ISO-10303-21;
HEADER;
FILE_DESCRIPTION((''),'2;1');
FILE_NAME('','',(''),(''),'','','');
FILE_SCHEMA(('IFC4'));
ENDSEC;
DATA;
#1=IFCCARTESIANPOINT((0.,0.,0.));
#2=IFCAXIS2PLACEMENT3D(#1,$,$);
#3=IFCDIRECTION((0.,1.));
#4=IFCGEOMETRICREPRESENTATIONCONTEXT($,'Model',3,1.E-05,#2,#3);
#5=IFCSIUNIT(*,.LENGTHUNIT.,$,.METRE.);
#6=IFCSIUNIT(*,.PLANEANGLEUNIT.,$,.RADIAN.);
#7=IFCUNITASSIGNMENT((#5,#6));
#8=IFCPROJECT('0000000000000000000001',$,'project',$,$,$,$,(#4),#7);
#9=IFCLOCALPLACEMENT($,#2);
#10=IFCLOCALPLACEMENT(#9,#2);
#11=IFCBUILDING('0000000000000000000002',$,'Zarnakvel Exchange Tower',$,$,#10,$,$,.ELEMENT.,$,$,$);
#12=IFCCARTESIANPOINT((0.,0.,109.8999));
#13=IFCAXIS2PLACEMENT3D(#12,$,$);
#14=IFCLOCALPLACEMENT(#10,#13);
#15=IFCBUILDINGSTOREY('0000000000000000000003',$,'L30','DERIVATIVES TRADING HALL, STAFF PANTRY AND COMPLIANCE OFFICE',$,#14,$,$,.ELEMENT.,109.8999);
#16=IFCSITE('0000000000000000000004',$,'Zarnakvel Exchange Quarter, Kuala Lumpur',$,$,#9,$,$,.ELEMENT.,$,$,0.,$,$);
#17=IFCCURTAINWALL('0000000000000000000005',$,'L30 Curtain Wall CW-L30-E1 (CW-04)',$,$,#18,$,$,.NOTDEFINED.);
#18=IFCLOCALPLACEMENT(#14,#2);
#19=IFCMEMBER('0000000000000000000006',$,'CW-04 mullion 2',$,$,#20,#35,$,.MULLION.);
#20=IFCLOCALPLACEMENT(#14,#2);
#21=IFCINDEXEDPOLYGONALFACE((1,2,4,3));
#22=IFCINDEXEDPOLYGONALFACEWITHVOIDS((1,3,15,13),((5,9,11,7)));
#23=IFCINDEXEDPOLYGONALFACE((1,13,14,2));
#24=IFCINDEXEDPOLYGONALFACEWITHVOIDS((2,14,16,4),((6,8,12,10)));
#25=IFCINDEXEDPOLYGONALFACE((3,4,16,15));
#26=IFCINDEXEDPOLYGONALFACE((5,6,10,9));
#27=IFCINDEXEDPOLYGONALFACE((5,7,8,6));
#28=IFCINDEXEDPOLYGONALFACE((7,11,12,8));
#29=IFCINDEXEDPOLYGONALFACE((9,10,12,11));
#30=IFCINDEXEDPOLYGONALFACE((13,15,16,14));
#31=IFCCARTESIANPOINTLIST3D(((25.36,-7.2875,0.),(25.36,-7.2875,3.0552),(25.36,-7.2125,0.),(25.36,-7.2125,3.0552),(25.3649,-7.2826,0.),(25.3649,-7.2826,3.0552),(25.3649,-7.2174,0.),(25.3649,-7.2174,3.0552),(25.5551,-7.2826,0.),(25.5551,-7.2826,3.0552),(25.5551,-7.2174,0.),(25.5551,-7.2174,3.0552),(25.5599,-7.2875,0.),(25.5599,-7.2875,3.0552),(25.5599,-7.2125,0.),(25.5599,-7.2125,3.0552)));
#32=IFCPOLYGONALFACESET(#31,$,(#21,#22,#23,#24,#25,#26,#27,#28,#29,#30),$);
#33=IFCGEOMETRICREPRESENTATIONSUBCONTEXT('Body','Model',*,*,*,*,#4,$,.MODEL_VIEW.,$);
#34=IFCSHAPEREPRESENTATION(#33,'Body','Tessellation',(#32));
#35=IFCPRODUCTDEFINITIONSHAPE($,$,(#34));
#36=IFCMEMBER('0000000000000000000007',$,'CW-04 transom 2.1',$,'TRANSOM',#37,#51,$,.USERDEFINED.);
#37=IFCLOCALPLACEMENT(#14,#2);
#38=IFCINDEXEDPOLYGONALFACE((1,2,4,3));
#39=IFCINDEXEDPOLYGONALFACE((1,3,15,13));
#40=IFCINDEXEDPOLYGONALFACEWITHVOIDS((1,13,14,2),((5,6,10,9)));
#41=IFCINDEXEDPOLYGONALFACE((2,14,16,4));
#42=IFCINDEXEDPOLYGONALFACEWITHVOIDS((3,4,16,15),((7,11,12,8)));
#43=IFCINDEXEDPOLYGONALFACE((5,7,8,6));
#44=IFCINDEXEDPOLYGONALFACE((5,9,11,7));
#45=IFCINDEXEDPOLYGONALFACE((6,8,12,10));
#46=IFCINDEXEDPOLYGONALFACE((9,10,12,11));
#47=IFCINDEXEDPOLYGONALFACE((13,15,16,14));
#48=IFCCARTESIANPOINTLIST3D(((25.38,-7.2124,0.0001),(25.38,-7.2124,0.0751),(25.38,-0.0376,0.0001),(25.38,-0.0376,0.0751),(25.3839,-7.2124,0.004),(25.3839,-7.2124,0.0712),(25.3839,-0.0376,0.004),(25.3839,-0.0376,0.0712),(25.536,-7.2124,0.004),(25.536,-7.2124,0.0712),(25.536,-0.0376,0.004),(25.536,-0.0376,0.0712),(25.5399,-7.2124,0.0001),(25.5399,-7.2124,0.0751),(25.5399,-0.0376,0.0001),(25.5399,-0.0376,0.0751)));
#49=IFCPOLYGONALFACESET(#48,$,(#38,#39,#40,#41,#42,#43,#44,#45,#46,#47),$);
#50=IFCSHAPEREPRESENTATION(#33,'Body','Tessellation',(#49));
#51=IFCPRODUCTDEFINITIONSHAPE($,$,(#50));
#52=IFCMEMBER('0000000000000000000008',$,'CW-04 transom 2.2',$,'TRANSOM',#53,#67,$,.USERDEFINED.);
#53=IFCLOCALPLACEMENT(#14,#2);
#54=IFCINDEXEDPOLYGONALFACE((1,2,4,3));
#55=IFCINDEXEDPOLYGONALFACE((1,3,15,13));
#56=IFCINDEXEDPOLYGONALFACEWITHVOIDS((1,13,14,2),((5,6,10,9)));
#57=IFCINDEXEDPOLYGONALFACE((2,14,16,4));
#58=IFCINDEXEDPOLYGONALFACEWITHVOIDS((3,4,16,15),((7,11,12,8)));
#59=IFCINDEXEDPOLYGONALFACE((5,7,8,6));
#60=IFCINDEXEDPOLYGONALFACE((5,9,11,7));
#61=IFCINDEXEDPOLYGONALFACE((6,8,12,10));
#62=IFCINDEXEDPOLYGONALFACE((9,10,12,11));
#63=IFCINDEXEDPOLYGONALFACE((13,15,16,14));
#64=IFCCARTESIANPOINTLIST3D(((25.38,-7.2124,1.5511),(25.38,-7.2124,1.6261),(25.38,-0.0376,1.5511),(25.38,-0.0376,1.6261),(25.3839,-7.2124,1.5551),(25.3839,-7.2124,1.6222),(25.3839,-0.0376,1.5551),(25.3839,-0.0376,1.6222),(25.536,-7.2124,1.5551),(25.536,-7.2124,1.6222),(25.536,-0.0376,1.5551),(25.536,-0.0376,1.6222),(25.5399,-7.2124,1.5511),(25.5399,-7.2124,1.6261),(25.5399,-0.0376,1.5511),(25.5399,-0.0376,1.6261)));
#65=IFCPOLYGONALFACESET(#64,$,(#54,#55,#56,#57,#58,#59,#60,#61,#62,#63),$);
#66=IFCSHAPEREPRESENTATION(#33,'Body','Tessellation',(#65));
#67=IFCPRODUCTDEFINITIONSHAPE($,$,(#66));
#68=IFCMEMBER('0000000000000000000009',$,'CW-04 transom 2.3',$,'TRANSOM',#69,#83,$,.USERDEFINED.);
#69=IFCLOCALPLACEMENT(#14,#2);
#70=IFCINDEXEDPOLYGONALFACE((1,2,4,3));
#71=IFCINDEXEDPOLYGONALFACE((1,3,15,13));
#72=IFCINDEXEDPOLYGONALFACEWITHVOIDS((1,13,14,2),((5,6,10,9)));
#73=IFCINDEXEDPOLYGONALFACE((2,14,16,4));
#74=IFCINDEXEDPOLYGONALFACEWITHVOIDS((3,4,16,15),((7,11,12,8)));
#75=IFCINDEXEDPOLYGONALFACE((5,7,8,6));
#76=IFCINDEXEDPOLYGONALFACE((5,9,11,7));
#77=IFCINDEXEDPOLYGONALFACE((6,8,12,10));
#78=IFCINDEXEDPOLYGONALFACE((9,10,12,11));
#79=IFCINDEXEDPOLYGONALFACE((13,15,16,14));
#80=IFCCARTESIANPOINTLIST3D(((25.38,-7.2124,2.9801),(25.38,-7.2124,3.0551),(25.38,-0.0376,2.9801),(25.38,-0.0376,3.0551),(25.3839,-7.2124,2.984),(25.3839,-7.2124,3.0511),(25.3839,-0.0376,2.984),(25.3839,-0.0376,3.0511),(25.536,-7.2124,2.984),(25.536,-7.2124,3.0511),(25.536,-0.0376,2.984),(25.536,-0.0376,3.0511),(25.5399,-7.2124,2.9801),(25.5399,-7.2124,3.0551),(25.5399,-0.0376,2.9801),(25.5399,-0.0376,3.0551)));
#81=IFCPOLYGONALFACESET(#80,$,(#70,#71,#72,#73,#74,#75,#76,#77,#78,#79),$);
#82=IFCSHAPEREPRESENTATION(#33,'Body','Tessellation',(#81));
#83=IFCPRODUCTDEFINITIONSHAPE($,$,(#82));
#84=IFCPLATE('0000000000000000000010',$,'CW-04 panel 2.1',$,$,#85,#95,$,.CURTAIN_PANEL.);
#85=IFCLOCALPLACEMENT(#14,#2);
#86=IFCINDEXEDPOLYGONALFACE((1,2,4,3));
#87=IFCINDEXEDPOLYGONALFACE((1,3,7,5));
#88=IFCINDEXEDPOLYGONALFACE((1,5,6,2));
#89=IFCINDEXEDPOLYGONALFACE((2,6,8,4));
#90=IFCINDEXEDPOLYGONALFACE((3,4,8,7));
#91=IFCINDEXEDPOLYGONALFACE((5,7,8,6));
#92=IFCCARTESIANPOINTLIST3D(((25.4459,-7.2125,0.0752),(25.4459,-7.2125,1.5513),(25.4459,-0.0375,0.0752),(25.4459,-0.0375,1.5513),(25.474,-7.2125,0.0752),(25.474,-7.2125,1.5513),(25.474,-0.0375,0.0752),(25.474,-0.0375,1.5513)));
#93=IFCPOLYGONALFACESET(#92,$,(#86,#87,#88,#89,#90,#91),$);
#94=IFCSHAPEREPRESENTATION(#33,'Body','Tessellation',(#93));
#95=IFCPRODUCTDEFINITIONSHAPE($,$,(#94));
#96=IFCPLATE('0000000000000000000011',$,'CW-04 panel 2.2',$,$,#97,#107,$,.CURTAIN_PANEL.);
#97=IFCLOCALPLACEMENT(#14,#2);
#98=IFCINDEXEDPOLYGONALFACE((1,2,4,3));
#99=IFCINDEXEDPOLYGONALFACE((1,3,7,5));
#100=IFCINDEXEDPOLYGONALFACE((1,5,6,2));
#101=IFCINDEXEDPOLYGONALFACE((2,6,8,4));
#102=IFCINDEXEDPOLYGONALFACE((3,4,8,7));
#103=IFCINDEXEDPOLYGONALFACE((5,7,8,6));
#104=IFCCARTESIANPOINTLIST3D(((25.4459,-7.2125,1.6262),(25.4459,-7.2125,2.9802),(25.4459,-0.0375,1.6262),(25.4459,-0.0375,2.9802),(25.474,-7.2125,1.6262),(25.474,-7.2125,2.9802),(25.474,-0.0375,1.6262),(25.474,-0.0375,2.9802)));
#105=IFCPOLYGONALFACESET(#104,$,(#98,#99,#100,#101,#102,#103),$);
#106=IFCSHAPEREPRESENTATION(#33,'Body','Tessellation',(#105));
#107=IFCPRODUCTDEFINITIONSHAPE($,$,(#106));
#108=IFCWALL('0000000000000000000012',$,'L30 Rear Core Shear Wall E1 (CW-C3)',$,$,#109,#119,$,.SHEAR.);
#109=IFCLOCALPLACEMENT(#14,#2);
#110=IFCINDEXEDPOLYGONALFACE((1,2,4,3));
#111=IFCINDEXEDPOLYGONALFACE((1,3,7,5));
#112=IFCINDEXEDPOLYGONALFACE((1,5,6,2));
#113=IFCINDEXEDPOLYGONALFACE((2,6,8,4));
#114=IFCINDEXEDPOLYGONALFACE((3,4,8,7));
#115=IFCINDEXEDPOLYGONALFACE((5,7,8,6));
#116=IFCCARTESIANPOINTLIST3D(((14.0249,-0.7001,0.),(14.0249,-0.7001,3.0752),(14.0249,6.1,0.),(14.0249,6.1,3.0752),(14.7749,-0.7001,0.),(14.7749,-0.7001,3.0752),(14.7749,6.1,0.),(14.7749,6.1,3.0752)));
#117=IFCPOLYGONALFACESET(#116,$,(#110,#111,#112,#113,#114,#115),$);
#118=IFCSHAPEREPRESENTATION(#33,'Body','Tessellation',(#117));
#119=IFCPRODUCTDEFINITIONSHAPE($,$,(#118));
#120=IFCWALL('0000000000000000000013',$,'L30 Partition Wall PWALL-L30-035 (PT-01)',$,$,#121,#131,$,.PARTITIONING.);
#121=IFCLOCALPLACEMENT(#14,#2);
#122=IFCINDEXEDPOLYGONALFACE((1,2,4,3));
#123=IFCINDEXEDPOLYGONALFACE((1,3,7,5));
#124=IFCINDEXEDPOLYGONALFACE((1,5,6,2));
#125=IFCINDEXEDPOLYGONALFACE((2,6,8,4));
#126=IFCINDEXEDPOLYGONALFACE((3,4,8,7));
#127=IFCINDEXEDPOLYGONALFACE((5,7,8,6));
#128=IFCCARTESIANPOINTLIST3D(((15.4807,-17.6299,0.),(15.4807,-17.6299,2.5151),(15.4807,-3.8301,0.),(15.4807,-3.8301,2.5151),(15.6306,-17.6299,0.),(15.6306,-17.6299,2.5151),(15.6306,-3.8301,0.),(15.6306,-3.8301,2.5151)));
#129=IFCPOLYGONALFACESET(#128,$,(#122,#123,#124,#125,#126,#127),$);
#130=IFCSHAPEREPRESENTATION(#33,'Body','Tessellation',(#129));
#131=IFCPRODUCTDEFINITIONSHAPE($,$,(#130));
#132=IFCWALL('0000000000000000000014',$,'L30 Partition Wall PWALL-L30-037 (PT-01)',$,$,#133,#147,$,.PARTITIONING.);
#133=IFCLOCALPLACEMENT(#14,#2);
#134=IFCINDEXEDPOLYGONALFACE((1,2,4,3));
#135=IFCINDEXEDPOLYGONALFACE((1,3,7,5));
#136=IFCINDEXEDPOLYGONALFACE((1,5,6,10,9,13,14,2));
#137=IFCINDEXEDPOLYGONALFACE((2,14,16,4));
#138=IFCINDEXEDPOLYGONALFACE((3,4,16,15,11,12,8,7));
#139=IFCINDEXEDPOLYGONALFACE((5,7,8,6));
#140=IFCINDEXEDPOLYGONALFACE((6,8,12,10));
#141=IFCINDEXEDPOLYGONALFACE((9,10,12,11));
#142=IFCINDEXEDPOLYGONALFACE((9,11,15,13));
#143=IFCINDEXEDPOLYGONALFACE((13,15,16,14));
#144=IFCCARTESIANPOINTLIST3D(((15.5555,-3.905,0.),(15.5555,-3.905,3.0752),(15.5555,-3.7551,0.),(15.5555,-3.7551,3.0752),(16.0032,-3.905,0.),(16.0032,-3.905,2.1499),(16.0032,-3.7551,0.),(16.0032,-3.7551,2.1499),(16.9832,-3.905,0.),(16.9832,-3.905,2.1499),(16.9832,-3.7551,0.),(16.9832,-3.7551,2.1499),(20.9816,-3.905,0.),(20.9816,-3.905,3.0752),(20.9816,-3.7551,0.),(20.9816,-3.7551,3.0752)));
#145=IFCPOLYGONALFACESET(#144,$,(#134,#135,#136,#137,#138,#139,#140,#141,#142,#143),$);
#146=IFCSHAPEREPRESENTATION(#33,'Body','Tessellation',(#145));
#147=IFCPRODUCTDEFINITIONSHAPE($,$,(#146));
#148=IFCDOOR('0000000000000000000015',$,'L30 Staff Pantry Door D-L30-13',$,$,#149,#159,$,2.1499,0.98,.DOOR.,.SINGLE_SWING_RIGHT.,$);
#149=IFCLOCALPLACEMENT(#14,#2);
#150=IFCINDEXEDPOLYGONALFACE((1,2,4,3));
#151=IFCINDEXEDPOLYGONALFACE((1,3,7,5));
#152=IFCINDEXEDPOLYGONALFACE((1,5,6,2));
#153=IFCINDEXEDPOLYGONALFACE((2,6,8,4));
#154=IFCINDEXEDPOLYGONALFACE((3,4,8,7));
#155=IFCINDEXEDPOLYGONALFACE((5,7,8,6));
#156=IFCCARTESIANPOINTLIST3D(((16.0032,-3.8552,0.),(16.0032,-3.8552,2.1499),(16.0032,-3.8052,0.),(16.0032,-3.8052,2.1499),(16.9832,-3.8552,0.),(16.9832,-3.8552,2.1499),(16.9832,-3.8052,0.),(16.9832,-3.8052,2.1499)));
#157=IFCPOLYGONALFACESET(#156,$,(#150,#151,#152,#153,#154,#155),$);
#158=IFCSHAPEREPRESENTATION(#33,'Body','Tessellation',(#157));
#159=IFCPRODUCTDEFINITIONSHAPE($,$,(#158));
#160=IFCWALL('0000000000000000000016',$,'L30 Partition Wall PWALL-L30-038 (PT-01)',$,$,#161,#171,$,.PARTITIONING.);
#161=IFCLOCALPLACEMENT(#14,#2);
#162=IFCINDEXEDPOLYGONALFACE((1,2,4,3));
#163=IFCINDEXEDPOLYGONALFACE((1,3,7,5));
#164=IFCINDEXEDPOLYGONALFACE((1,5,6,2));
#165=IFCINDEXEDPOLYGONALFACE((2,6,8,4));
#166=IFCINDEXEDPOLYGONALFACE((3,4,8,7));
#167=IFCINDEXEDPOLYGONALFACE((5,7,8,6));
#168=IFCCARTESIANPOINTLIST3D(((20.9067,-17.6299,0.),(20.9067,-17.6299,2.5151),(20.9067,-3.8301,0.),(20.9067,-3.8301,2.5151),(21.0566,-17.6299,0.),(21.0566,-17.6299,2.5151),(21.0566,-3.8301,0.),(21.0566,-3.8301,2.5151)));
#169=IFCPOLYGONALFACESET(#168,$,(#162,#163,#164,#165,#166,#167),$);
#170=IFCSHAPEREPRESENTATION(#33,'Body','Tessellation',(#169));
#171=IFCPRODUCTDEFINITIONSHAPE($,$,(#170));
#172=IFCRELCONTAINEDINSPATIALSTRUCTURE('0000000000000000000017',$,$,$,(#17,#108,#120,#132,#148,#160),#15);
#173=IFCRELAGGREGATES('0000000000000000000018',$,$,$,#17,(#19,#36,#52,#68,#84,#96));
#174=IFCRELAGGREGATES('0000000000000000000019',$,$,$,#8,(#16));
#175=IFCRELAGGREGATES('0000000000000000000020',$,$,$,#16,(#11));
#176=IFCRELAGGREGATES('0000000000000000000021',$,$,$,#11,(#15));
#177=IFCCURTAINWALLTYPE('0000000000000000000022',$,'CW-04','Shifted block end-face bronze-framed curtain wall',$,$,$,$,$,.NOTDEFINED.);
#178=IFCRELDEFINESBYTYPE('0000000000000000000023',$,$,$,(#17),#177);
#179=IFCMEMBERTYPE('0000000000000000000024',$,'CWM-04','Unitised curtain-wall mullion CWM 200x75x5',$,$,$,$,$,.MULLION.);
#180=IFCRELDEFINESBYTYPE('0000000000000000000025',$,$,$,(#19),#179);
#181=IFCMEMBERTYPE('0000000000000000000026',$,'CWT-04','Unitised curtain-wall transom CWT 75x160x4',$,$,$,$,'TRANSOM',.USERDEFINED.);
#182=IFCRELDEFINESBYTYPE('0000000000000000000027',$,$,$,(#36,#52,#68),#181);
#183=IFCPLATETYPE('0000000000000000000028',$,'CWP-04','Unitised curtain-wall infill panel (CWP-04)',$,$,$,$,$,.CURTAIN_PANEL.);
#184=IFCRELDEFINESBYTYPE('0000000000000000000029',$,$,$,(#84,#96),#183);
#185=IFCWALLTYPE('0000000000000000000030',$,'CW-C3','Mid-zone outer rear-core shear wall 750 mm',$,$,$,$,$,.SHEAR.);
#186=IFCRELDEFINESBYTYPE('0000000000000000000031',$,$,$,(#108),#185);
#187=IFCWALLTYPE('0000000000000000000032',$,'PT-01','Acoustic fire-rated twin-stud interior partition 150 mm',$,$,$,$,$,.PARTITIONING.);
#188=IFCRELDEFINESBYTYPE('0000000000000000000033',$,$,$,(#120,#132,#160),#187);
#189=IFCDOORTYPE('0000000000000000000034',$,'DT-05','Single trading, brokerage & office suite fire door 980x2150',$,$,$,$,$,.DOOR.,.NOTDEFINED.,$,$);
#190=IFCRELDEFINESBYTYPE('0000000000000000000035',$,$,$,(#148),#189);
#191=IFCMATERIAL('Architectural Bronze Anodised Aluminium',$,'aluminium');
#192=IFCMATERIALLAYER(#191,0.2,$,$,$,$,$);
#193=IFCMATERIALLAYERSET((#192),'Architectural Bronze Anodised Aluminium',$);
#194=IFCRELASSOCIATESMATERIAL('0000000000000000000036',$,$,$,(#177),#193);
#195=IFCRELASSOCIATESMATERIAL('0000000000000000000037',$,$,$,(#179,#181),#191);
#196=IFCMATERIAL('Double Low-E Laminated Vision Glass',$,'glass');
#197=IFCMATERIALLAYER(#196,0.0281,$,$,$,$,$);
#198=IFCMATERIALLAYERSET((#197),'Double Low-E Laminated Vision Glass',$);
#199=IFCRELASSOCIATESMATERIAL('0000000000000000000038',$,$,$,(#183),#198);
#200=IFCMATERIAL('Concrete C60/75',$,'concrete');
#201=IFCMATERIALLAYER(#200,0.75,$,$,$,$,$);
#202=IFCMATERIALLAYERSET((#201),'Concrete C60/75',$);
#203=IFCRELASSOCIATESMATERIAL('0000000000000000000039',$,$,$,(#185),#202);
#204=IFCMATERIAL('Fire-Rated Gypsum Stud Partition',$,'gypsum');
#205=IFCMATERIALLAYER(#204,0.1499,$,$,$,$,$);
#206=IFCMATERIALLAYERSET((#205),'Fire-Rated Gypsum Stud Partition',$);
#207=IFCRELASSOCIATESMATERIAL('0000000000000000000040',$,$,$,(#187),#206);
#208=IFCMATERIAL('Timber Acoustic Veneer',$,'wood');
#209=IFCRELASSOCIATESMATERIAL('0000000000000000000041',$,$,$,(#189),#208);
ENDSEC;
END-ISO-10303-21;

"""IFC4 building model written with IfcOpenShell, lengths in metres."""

from ifc_helpers import new_model, si_unit, direction, frame, frame_2d, origin, origin_2d, place, context, subcontext, project, spatial, rectangle, hollow_rectangle, extrude, source, transform, mapped, material, layer, layer_set, material_profile, profile_set, type_object, element, fill, aggregate, save


model = new_model("IFC4")

# Units and contexts
model_context = context("Model", 3, precision=1e-05, world=origin(), true_north=direction((0.0, 1.0)))
body_context = subcontext(model_context, "Body", "Model", "MODEL_VIEW")
ifc_project = project(units=[si_unit("LENGTHUNIT", "METRE"), si_unit("PLANEANGLEUNIT", "RADIAN")], contexts=[model_context])

# Site, building, storey
site_placement = place(None, origin())
site = spatial("IfcSite", under=ifc_project, at=site_placement, Name="Zarnakvel Exchange Quarter, Kuala Lumpur", CompositionType="ELEMENT", RefElevation=0.0)
building_placement = place(site_placement, origin())
building = spatial("IfcBuilding", under=site, at=building_placement, Name="Zarnakvel Exchange Tower", CompositionType="ELEMENT")
storey_placement = place(building_placement, frame((0.0, 0.0, 109.8999)))
storey = spatial("IfcBuildingStorey", under=building, at=storey_placement, Name="L30", Description="DERIVATIVES TRADING HALL, STAFF PANTRY AND COMPLIANCE OFFICE", CompositionType="ELEMENT", Elevation=109.8999)

# Shared definitions
ifc_material_1 = material(Name="Concrete C60/75", Category="concrete")

# Curtain wall, members, plates
ifc_material_2 = material(Name="Architectural Bronze Anodised Aluminium", Category="aluminium")
ifc_layer_1 = layer(ifc_material_2, 0.2)
ifc_layer_set_1 = layer_set([ifc_layer_1], Name="Architectural Bronze Anodised Aluminium")
curtain_wall_type = type_object("IfcCurtainWallType", Name="CW-04", Description="Shifted block end-face bronze-framed curtain wall", PredefinedType="NOTDEFINED", material=ifc_layer_set_1)
curtain_wall_placement = place(storey_placement, origin())
curtain_wall = element("IfcCurtainWall", 1, at=curtain_wall_placement, inside=storey, type_object=curtain_wall_type, Name="L30 Curtain Wall CW-L30-E1 (CW-04)", PredefinedType="NOTDEFINED")
ifc_material_profile_1 = material_profile(ifc_material_2, hollow_rectangle(XDim=0.2, YDim=0.075, WallThickness=0.0049, at=origin_2d()))
ifc_profile_set_1 = profile_set([ifc_material_profile_1], Name="Architectural Bronze Anodised Aluminium")
member_type_1 = type_object("IfcMemberType", Name="CWM-04", Description="Unitised curtain-wall mullion CWM 200x75x5", PredefinedType="MULLION", material=ifc_profile_set_1)
shared_shape_1 = source(origin(), body_context, "Body", "SweptSolid", [
    extrude(hollow_rectangle(XDim=0.2, YDim=0.075, WallThickness=0.0049, at=origin_2d()), origin(), (0.0, 0.0, 1.0), 3.0552),
])
member_1_placement = place(storey_placement, frame((25.46, -7.25, 0.0), z_axis=(0.0, 0.0, 1.0), x_axis=(-1.0, 0.0, 0.0)))
member_1 = element("IfcMember", 2, at=member_1_placement, type_object=member_type_1, Name="CW-04 mullion 2", PredefinedType="MULLION", context=body_context, shape_type="MappedRepresentation", body=[
    mapped(shared_shape_1, transform((0.0, 0.0, 0.0), x_axis=(1.0, 0.0, 0.0), y_axis=(0.0, 1.0, 0.0), z_axis=(0.0, 0.0, 1.0), scale=1.0)),
])
ifc_material_profile_2 = material_profile(ifc_material_2, hollow_rectangle(XDim=0.1599, YDim=0.075, WallThickness=0.0039, at=origin_2d()))
ifc_profile_set_2 = profile_set([ifc_material_profile_2], Name="Architectural Bronze Anodised Aluminium")
member_type_2 = type_object("IfcMemberType", Name="CWT-04", Description="Unitised curtain-wall transom CWT 75x160x4", ElementType="TRANSOM", PredefinedType="USERDEFINED", material=ifc_profile_set_2)
shared_shape_2 = source(origin(), body_context, "Body", "SweptSolid", [
    extrude(hollow_rectangle(XDim=0.1599, YDim=0.075, WallThickness=0.0039, at=origin_2d()), origin(), (0.0, 0.0, 1.0), 7.1748),
])
member_2_placement = place(storey_placement, frame((25.46, -7.2124, 0.0376), z_axis=(0.0, 1.0, 0.0), x_axis=(-1.0, 0.0, 0.0)))
member_2 = element("IfcMember", 3, at=member_2_placement, type_object=member_type_2, Name="CW-04 transom 2.1", ObjectType="TRANSOM", PredefinedType="USERDEFINED", context=body_context, shape_type="MappedRepresentation", body=[
    mapped(shared_shape_2, transform((0.0, 0.0, 0.0), x_axis=(1.0, 0.0, 0.0), y_axis=(0.0, 1.0, 0.0), z_axis=(0.0, 0.0, 1.0), scale=1.0)),
])
member_3_placement = place(storey_placement, frame((25.46, -7.2124, 1.5886), z_axis=(0.0, 1.0, 0.0), x_axis=(-1.0, 0.0, 0.0)))
member_3 = element("IfcMember", 4, at=member_3_placement, type_object=member_type_2, Name="CW-04 transom 2.2", ObjectType="TRANSOM", PredefinedType="USERDEFINED", context=body_context, shape_type="MappedRepresentation", body=[
    mapped(shared_shape_2, transform((0.0, 0.0, 0.0), x_axis=(1.0, 0.0, 0.0), y_axis=(0.0, 1.0, 0.0), z_axis=(0.0, 0.0, 1.0), scale=1.0)),
])
member_4_placement = place(storey_placement, frame((25.46, -7.2124, 3.0176), z_axis=(0.0, 1.0, 0.0), x_axis=(-1.0, 0.0, 0.0)))
member_4 = element("IfcMember", 5, at=member_4_placement, type_object=member_type_2, Name="CW-04 transom 2.3", ObjectType="TRANSOM", PredefinedType="USERDEFINED", context=body_context, shape_type="MappedRepresentation", body=[
    mapped(shared_shape_2, transform((0.0, 0.0, 0.0), x_axis=(1.0, 0.0, 0.0), y_axis=(0.0, 1.0, 0.0), z_axis=(0.0, 0.0, 1.0), scale=1.0)),
])
ifc_material_3 = material(Name="Double Low-E Laminated Vision Glass", Category="glass")
ifc_layer_2 = layer(ifc_material_3, 0.0281)
ifc_layer_set_2 = layer_set([ifc_layer_2], Name="Double Low-E Laminated Vision Glass")
plate_type = type_object("IfcPlateType", Name="CWP-04", Description="Unitised curtain-wall infill panel (CWP-04)", PredefinedType="CURTAIN_PANEL", material=ifc_layer_set_2)
shared_shape_3 = source(origin(), body_context, "Body", "SweptSolid", [
    extrude(rectangle(XDim=7.175, YDim=0.0281, at=origin_2d()), origin(), (0.0, 0.0, 1.0), 1.4761),
])
plate_1_placement = place(storey_placement, frame((25.46, -3.625, 0.0752), z_axis=(0.0, 0.0, 1.0), x_axis=(0.0, 1.0, 0.0)))
plate_1 = element("IfcPlate", 6, at=plate_1_placement, type_object=plate_type, Name="CW-04 panel 2.1", PredefinedType="CURTAIN_PANEL", context=body_context, shape_type="MappedRepresentation", body=[
    mapped(shared_shape_3, transform((0.0, 0.0, 0.0), x_axis=(1.0, 0.0, 0.0), y_axis=(0.0, 1.0, 0.0), z_axis=(0.0, 0.0, 1.0), scale=1.0)),
])
shared_shape_4 = source(origin(), body_context, "Body", "SweptSolid", [
    extrude(rectangle(XDim=7.175, YDim=0.0281, at=origin_2d()), origin(), (0.0, 0.0, 1.0), 1.354),
])
plate_2_placement = place(storey_placement, frame((25.46, -3.625, 1.6262), z_axis=(0.0, 0.0, 1.0), x_axis=(0.0, 1.0, 0.0)))
plate_2 = element("IfcPlate", 7, at=plate_2_placement, type_object=plate_type, Name="CW-04 panel 2.2", PredefinedType="CURTAIN_PANEL", context=body_context, shape_type="MappedRepresentation", body=[
    mapped(shared_shape_4, transform((0.0, 0.0, 0.0), x_axis=(1.0, 0.0, 0.0), y_axis=(0.0, 1.0, 0.0), z_axis=(0.0, 0.0, 1.0), scale=1.0)),
])
aggregate(curtain_wall, [member_1, member_2, member_3, member_4, plate_1, plate_2])

# Wall
ifc_layer_3 = layer(ifc_material_1, 0.75)
ifc_layer_set_3 = layer_set([ifc_layer_3], Name="Concrete C60/75")
wall_type_1 = type_object("IfcWallType", Name="CW-C3", Description="Mid-zone outer rear-core shear wall 750 mm", PredefinedType="SHEAR", material=ifc_layer_set_3)
wall_1_placement = place(storey_placement, frame((14.3999, -0.7, 0.0), z_axis=(0.0, 0.0, 1.0), x_axis=(0.0, 1.0, 0.0)))
element("IfcWall", 8, at=wall_1_placement, inside=storey, type_object=wall_type_1, Name="L30 Rear Core Shear Wall E1 (CW-C3)", PredefinedType="SHEAR", context=body_context, shape_type="SweptSolid", body=[
    extrude(rectangle(XDim=6.8, YDim=0.75, at=frame_2d((3.3999, 0.0))), origin(), (0.0, 0.0, 1.0), 3.0752),
])

# Wall
ifc_material_4 = material(Name="Fire-Rated Gypsum Stud Partition", Category="gypsum")
ifc_layer_4 = layer(ifc_material_4, 0.1499)
ifc_layer_set_4 = layer_set([ifc_layer_4], Name="Fire-Rated Gypsum Stud Partition")
wall_type_2 = type_object("IfcWallType", Name="PT-01", Description="Acoustic fire-rated twin-stud interior partition 150 mm", PredefinedType="PARTITIONING", material=ifc_layer_set_4)
wall_2_placement = place(storey_placement, frame((15.5557, -3.8301, 0.0), z_axis=(0.0, 0.0, 1.0), x_axis=(0.0, -1.0, 0.0)))
element("IfcWall", 9, at=wall_2_placement, inside=storey, type_object=wall_type_2, Name="L30 Partition Wall PWALL-L30-035 (PT-01)", PredefinedType="PARTITIONING", context=body_context, shape_type="SweptSolid", body=[
    extrude(rectangle(XDim=13.7998, YDim=0.1499, at=frame_2d((6.8999, 0.0))), origin(), (0.0, 0.0, 1.0), 2.5151),
])

# Wall, opening, door
wall_3_placement = place(storey_placement, frame((15.5557, -3.8301, 0.0), z_axis=(0.0, 0.0, 1.0), x_axis=(1.0, 0.0, 0.0)))
wall_3 = element("IfcWall", 10, at=wall_3_placement, inside=storey, type_object=wall_type_2, Name="L30 Partition Wall PWALL-L30-037 (PT-01)", PredefinedType="PARTITIONING", context=body_context, shape_type="SweptSolid", body=[
    extrude(rectangle(XDim=5.426, YDim=0.1499, at=frame_2d((2.7129, 0.0))), origin(), (0.0, 0.0, 1.0), 3.0752),
])
opening_1_placement = place(wall_3_placement, frame((0.4475, 0.0, 0.0)))
opening_1 = element("IfcOpeningElement", 11, at=opening_1_placement, cuts=wall_3, PredefinedType="OPENING", context=body_context, shape_type="SweptSolid", body=[
    extrude(rectangle(XDim=0.98, YDim=2.1499, at=frame_2d((0.49, 1.075))), frame((0.0, 0.085, 0.0), z_axis=(0.0, -1.0, 0.0), x_axis=(1.0, 0.0, 0.0)), (0.0, 0.0, 1.0), 0.1699),
])
ifc_material_5 = material(Name="Timber Acoustic Veneer", Category="wood")
door_type_1 = type_object("IfcDoorType", Name="DT-05", Description="Single trading, brokerage & office suite fire door 980x2150", OperationType="NOTDEFINED", PredefinedType="DOOR", material=ifc_material_5)
shared_shape_5 = source(origin(), body_context, "Body", "SweptSolid", [
    extrude(rectangle(XDim=0.98, YDim=2.1499, at=frame_2d((0.49, 1.075))), frame((0.0, 0.0249, 0.0), z_axis=(0.0, -1.0, 0.0), x_axis=(1.0, 0.0, 0.0)), (0.0, 0.0, 1.0), 0.05),
])
door_1_placement = place(opening_1_placement, origin())
door_1 = element("IfcDoor", 12, at=door_1_placement, inside=storey, type_object=door_type_1, Name="L30 Staff Pantry Door D-L30-13", OperationType="SINGLE_SWING_RIGHT", OverallHeight=2.1499, OverallWidth=0.98, PredefinedType="DOOR", context=body_context, shape_type="MappedRepresentation", body=[
    mapped(shared_shape_5, transform((0.0, 0.0, 0.0), x_axis=(1.0, 0.0, 0.0), y_axis=(0.0, 1.0, 0.0), z_axis=(0.0, 0.0, 1.0), scale=1.0)),
])
fill(opening_1, door_1)

# Wall
wall_4_placement = place(storey_placement, frame((20.9817, -3.8301, 0.0), z_axis=(0.0, 0.0, 1.0), x_axis=(0.0, -1.0, 0.0)))
element("IfcWall", 13, at=wall_4_placement, inside=storey, type_object=wall_type_2, Name="L30 Partition Wall PWALL-L30-038 (PT-01)", PredefinedType="PARTITIONING", context=body_context, shape_type="SweptSolid", body=[
    extrude(rectangle(XDim=13.7998, YDim=0.1499, at=frame_2d((6.8999, 0.0))), origin(), (0.0, 0.0, 1.0), 2.5151),
])

save(model, "model.ifc")
